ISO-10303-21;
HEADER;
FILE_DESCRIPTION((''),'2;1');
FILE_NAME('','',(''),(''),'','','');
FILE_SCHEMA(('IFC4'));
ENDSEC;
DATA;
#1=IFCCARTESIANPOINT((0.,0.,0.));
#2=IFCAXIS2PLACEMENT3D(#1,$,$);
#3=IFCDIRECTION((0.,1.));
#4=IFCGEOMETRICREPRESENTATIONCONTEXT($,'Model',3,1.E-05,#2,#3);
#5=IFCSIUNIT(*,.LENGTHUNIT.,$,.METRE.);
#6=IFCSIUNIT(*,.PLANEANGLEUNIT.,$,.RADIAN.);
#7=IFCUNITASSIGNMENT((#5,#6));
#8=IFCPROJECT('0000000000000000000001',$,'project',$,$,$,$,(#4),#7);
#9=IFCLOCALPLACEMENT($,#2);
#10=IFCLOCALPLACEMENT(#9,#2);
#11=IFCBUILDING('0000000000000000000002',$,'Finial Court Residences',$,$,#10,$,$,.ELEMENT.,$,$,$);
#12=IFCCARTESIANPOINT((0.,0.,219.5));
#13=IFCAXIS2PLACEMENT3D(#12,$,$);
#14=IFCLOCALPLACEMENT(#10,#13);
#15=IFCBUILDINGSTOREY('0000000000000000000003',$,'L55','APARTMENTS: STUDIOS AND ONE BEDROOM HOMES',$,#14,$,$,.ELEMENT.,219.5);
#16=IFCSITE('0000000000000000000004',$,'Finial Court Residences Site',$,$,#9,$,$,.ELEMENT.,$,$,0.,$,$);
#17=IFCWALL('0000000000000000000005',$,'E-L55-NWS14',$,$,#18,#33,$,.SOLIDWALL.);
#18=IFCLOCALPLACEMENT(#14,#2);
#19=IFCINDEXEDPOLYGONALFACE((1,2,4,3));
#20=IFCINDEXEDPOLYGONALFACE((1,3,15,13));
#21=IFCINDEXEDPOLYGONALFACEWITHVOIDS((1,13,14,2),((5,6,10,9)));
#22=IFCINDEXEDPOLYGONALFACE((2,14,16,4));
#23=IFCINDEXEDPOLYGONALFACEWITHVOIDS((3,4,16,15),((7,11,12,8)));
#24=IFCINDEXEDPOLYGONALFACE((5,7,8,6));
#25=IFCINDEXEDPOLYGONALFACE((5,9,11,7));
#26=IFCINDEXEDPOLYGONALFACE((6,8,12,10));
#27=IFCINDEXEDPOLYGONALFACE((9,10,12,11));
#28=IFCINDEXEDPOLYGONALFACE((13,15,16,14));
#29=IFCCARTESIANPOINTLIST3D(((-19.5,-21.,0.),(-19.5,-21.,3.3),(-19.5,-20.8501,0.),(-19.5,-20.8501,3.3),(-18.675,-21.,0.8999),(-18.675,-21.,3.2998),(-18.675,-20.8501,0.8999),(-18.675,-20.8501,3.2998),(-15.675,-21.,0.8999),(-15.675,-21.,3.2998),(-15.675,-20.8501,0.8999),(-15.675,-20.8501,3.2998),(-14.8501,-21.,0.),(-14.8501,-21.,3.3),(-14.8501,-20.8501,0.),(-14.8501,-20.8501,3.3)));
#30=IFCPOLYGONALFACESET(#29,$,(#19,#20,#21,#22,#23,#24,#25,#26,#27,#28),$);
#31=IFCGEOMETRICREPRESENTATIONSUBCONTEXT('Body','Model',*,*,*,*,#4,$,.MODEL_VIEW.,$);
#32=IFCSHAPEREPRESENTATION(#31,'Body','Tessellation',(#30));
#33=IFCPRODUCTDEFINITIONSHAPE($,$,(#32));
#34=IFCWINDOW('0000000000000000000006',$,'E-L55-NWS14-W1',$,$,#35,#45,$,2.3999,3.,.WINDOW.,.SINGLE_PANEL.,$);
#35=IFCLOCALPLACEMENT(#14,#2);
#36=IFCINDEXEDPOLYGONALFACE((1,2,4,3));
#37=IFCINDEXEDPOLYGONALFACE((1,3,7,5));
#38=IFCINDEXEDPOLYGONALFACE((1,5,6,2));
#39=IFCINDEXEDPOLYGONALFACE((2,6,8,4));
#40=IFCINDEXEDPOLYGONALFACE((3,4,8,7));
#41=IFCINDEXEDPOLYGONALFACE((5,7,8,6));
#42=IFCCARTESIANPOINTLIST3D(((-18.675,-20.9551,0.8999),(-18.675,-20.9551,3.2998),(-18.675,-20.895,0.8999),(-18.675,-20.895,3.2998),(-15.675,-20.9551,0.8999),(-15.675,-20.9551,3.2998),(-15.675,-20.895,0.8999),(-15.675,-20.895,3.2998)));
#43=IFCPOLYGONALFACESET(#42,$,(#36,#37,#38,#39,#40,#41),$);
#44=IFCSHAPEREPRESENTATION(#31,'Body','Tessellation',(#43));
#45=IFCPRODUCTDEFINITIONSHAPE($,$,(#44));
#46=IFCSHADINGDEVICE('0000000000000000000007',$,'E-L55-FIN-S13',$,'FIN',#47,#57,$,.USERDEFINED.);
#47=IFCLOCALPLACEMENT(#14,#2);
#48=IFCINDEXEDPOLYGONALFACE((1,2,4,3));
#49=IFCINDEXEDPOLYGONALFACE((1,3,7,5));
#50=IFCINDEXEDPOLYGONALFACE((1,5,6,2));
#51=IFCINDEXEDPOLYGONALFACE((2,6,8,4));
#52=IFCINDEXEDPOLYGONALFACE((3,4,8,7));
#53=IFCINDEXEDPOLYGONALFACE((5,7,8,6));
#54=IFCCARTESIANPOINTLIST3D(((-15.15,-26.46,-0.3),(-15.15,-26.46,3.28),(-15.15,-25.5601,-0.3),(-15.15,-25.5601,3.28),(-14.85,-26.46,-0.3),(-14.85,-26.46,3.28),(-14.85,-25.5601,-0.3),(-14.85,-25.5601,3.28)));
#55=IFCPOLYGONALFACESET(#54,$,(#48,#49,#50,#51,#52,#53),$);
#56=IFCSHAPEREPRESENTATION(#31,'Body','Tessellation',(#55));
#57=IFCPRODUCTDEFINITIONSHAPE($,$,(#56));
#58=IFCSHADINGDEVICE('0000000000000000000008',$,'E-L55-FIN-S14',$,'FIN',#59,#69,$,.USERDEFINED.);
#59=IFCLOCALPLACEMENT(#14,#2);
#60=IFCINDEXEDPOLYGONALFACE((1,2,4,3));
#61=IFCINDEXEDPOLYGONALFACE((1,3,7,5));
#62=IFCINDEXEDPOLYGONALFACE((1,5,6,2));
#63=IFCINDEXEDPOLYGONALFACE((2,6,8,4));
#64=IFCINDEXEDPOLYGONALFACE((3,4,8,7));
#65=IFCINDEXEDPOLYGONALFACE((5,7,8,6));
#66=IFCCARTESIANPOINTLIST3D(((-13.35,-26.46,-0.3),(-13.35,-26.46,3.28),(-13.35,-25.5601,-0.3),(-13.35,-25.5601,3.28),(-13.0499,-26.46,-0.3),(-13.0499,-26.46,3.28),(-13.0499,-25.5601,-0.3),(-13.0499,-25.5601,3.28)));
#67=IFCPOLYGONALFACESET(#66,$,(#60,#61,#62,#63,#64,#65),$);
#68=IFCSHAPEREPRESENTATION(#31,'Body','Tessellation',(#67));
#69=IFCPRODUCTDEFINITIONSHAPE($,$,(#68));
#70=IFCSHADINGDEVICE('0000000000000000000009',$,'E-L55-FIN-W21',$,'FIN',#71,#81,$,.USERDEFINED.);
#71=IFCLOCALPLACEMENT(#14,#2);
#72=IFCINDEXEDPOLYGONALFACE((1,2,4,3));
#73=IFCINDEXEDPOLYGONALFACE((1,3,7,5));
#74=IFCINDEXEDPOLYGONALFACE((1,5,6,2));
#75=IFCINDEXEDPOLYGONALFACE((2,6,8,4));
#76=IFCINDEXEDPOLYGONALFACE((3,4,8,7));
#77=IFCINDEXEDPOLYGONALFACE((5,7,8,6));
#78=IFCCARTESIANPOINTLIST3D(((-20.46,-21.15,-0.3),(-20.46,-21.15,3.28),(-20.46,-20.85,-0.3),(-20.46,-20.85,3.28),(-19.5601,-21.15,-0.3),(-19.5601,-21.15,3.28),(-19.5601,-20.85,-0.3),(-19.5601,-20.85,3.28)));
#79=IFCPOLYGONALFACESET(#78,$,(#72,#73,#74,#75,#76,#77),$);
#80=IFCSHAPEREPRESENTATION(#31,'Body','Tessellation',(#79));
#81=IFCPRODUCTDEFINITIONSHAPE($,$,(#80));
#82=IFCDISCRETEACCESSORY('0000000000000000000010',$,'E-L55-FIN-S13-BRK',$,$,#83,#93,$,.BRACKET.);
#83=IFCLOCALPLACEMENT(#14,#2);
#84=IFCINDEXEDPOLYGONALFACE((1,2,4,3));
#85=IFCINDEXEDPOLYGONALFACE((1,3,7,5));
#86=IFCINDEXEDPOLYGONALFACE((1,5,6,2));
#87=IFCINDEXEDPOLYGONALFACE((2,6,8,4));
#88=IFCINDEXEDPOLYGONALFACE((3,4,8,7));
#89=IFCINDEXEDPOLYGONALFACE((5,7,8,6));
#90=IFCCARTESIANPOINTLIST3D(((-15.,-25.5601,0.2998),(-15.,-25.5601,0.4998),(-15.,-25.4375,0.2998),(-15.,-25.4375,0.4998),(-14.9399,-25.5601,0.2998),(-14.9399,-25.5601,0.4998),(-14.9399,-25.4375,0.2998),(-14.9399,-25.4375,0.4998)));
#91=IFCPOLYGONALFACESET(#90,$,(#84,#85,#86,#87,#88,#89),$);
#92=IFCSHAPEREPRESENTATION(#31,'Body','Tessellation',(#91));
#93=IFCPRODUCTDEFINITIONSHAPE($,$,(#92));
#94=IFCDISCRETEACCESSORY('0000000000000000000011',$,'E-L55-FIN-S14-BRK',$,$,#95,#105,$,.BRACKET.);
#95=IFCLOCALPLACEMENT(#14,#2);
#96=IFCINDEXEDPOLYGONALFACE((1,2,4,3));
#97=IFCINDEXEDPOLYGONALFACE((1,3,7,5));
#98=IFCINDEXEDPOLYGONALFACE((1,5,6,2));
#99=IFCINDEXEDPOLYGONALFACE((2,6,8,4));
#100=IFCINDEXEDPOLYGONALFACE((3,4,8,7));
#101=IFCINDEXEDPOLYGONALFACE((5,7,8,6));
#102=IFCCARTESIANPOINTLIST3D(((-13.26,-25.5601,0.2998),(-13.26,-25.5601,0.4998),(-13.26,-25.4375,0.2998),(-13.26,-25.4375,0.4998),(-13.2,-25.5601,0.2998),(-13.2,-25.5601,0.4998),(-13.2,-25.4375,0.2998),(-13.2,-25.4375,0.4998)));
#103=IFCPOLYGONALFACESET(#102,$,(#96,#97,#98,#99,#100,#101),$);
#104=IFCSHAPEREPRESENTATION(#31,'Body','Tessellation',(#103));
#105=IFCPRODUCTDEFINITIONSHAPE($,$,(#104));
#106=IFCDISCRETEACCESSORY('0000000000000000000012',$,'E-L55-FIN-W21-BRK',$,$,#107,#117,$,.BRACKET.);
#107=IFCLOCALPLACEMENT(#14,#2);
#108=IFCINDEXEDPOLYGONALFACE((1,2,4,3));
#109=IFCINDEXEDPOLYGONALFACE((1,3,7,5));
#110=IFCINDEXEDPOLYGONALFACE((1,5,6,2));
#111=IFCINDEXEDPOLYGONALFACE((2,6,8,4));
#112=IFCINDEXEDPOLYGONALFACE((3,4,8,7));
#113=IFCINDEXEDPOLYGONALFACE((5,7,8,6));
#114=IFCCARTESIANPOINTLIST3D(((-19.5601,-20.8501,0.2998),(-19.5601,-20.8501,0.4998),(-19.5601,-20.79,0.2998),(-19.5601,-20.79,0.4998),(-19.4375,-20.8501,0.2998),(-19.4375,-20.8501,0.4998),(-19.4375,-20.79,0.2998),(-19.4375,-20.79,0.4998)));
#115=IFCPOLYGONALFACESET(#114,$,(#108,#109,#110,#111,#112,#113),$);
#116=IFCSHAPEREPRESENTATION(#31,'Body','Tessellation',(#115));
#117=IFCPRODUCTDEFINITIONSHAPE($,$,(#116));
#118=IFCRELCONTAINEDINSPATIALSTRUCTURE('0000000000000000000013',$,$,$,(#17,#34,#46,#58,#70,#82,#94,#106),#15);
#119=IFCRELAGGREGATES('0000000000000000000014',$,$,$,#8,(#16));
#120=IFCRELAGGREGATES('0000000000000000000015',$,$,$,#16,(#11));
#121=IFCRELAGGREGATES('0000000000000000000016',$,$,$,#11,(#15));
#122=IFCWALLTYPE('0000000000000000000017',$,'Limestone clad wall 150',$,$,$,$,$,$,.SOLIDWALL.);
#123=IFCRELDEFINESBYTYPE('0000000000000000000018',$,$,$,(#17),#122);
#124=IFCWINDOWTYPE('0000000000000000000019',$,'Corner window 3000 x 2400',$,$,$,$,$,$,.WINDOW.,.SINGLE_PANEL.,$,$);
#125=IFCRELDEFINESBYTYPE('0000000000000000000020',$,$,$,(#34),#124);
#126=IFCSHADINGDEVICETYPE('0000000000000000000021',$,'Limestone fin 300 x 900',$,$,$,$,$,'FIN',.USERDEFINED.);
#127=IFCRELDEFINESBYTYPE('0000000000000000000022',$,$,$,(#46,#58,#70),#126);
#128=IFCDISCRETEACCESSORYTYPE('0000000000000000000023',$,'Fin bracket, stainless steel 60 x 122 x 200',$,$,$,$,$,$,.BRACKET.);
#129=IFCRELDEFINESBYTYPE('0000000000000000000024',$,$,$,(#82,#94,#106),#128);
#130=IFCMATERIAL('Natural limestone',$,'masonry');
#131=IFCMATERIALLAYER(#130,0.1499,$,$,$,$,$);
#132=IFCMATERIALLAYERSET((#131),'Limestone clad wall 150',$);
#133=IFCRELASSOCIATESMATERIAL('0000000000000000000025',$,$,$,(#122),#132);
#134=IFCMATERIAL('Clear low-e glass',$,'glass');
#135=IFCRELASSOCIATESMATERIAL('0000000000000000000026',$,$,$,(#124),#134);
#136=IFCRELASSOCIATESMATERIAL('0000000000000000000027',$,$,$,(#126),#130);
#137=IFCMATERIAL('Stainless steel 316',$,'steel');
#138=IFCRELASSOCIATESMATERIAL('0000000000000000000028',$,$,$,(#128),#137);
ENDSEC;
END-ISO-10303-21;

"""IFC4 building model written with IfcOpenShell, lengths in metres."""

from ifc_helpers import new_model, si_unit, direction, frame, frame_2d, origin, origin_2d, place, context, subcontext, project, spatial, rectangle, extrude, material, layer, layer_set, type_object, element, fill, save


model = new_model("IFC4")

# Units and contexts
model_context = context("Model", 3, precision=1e-05, world=origin(), true_north=direction((0.0, 1.0)))
body_context = subcontext(model_context, "Body", "Model", "MODEL_VIEW")
ifc_project = project(units=[si_unit("LENGTHUNIT", "METRE"), si_unit("PLANEANGLEUNIT", "RADIAN")], contexts=[model_context])

# Site, building, storey
site_placement = place(None, origin())
site = spatial("IfcSite", under=ifc_project, at=site_placement, Name="Finial Court Residences Site", CompositionType="ELEMENT", RefElevation=0.0)
building_placement = place(site_placement, origin())
building = spatial("IfcBuilding", under=site, at=building_placement, Name="Finial Court Residences", CompositionType="ELEMENT")
storey_placement = place(building_placement, frame((0.0, 0.0, 219.5)))
storey = spatial("IfcBuildingStorey", under=building, at=storey_placement, Name="L55", Description="APARTMENTS: STUDIOS AND ONE BEDROOM HOMES", CompositionType="ELEMENT", Elevation=219.5)

# Shared definitions
ifc_material_1 = material(Name="Clear low-e glass", Category="glass")

# Wall, opening, window
ifc_material_2 = material(Name="Natural limestone", Category="masonry")
ifc_layer_1 = layer(ifc_material_2, 0.1499)
ifc_layer_set_1 = layer_set([ifc_layer_1], Name="Limestone clad wall 150")
wall_type_1 = type_object("IfcWallType", Name="Limestone clad wall 150", PredefinedType="SOLIDWALL", material=ifc_layer_set_1)
window_type = type_object("IfcWindowType", Name="Corner window 3000 x 2400", PartitioningType="SINGLE_PANEL", PredefinedType="WINDOW", material=ifc_material_1)
wall_1_placement = place(storey_placement, frame((-14.8501, -20.925, 0.0), z_axis=(0.0, 0.0, 1.0), x_axis=(-1.0, 0.0, 0.0)))
wall_1 = element("IfcWall", 1, at=wall_1_placement, inside=storey, type_object=wall_type_1, Name="E-L55-NWS14", PredefinedType="SOLIDWALL", context=body_context, shape_type="SweptSolid", body=[
    extrude(rectangle(XDim=4.6499, YDim=0.1499, at=frame_2d((2.325, 0.0))), origin(), (0.0, 0.0, 1.0), 3.3),
])
opening_1_placement = place(wall_1_placement, frame((0.825, 0.0, 0.8999)))
opening_1 = element("IfcOpeningElement", 2, at=opening_1_placement, cuts=wall_1, PredefinedType="OPENING", context=body_context, shape_type="SweptSolid", body=[
    extrude(rectangle(XDim=3.0, YDim=2.3999, at=frame_2d((1.5, 1.2))), frame((0.0, 0.085, 0.0), z_axis=(0.0, -1.0, 0.0), x_axis=(1.0, 0.0, 0.0)), (0.0, 0.0, 1.0), 0.1699),
])
window_1_placement = place(opening_1_placement, origin())
window_1 = element("IfcWindow", 3, at=window_1_placement, inside=storey, type_object=window_type, Name="E-L55-NWS14-W1", OverallHeight=2.3999, OverallWidth=3.0, PartitioningType="SINGLE_PANEL", PredefinedType="WINDOW", context=body_context, shape_type="SweptSolid", body=[
    extrude(rectangle(XDim=3.0, YDim=2.3999, at=frame_2d((1.5, 1.2))), frame((0.0, 0.03, 0.0), z_axis=(0.0, -1.0, 0.0), x_axis=(1.0, 0.0, 0.0)), (0.0, 0.0, 1.0), 0.0601),
])
fill(opening_1, window_1)

# Shading devices
shading_device_type = type_object("IfcShadingDeviceType", Name="Limestone fin 300 x 900", ElementType="FIN", PredefinedType="USERDEFINED", material=ifc_material_2)
for number, where, z_axis, x_axis, name in (
    (4, (-15.0, -26.01, -0.3), (0.0, 0.0, 1.0), (1.0, 0.0, 0.0), "E-L55-FIN-S13"),
    (5, (-13.2, -26.01, -0.3), (0.0, 0.0, 1.0), (1.0, 0.0, 0.0), "E-L55-FIN-S14"),
):
    element("IfcShadingDevice", number, at=place(storey_placement, frame(where, z_axis=z_axis, x_axis=x_axis)), inside=storey, type_object=shading_device_type, Name=name, ObjectType="FIN", PredefinedType="USERDEFINED", context=body_context, shape_type="SweptSolid", body=[
        extrude(rectangle(XDim=0.3, YDim=0.8999, at=origin_2d()), origin(), (0.0, 0.0, 1.0), 3.5801),
    ])
shading_device_placement = place(storey_placement, frame((-20.01, -21.0, -0.3), z_axis=(0.0, 0.0, 1.0), x_axis=(1.0, 0.0, 0.0)))
element("IfcShadingDevice", 6, at=shading_device_placement, inside=storey, type_object=shading_device_type, Name="E-L55-FIN-W21", ObjectType="FIN", PredefinedType="USERDEFINED", context=body_context, shape_type="SweptSolid", body=[
    extrude(rectangle(XDim=0.8999, YDim=0.3, at=origin_2d()), origin(), (0.0, 0.0, 1.0), 3.5801),
])

# Discrete accessories
ifc_material_3 = material(Name="Stainless steel 316", Category="steel")
discrete_accessory_type = type_object("IfcDiscreteAccessoryType", Name="Fin bracket, stainless steel 60 x 122 x 200", PredefinedType="BRACKET", material=ifc_material_3)
for number, where, z_axis, x_axis, name in (
    (7, (-14.97, -25.4988, 0.2998), (0.0, 0.0, 1.0), (1.0, 0.0, 0.0), "E-L55-FIN-S13-BRK"),
    (8, (-13.23, -25.4988, 0.2998), (0.0, 0.0, 1.0), (1.0, 0.0, 0.0), "E-L55-FIN-S14-BRK"),
):
    element("IfcDiscreteAccessory", number, at=place(storey_placement, frame(where, z_axis=z_axis, x_axis=x_axis)), inside=storey, type_object=discrete_accessory_type, Name=name, PredefinedType="BRACKET", context=body_context, shape_type="SweptSolid", body=[
        extrude(rectangle(XDim=0.0601, YDim=0.1226, at=origin_2d()), origin(), (0.0, 0.0, 1.0), 0.2),
    ])
discrete_accessory_placement = place(storey_placement, frame((-19.4988, -20.8201, 0.2998), z_axis=(0.0, 0.0, 1.0), x_axis=(1.0, 0.0, 0.0)))
element("IfcDiscreteAccessory", 9, at=discrete_accessory_placement, inside=storey, type_object=discrete_accessory_type, Name="E-L55-FIN-W21-BRK", PredefinedType="BRACKET", context=body_context, shape_type="SweptSolid", body=[
    extrude(rectangle(XDim=0.1226, YDim=0.0601, at=origin_2d()), origin(), (0.0, 0.0, 1.0), 0.2),
])

save(model, "model.ifc")
